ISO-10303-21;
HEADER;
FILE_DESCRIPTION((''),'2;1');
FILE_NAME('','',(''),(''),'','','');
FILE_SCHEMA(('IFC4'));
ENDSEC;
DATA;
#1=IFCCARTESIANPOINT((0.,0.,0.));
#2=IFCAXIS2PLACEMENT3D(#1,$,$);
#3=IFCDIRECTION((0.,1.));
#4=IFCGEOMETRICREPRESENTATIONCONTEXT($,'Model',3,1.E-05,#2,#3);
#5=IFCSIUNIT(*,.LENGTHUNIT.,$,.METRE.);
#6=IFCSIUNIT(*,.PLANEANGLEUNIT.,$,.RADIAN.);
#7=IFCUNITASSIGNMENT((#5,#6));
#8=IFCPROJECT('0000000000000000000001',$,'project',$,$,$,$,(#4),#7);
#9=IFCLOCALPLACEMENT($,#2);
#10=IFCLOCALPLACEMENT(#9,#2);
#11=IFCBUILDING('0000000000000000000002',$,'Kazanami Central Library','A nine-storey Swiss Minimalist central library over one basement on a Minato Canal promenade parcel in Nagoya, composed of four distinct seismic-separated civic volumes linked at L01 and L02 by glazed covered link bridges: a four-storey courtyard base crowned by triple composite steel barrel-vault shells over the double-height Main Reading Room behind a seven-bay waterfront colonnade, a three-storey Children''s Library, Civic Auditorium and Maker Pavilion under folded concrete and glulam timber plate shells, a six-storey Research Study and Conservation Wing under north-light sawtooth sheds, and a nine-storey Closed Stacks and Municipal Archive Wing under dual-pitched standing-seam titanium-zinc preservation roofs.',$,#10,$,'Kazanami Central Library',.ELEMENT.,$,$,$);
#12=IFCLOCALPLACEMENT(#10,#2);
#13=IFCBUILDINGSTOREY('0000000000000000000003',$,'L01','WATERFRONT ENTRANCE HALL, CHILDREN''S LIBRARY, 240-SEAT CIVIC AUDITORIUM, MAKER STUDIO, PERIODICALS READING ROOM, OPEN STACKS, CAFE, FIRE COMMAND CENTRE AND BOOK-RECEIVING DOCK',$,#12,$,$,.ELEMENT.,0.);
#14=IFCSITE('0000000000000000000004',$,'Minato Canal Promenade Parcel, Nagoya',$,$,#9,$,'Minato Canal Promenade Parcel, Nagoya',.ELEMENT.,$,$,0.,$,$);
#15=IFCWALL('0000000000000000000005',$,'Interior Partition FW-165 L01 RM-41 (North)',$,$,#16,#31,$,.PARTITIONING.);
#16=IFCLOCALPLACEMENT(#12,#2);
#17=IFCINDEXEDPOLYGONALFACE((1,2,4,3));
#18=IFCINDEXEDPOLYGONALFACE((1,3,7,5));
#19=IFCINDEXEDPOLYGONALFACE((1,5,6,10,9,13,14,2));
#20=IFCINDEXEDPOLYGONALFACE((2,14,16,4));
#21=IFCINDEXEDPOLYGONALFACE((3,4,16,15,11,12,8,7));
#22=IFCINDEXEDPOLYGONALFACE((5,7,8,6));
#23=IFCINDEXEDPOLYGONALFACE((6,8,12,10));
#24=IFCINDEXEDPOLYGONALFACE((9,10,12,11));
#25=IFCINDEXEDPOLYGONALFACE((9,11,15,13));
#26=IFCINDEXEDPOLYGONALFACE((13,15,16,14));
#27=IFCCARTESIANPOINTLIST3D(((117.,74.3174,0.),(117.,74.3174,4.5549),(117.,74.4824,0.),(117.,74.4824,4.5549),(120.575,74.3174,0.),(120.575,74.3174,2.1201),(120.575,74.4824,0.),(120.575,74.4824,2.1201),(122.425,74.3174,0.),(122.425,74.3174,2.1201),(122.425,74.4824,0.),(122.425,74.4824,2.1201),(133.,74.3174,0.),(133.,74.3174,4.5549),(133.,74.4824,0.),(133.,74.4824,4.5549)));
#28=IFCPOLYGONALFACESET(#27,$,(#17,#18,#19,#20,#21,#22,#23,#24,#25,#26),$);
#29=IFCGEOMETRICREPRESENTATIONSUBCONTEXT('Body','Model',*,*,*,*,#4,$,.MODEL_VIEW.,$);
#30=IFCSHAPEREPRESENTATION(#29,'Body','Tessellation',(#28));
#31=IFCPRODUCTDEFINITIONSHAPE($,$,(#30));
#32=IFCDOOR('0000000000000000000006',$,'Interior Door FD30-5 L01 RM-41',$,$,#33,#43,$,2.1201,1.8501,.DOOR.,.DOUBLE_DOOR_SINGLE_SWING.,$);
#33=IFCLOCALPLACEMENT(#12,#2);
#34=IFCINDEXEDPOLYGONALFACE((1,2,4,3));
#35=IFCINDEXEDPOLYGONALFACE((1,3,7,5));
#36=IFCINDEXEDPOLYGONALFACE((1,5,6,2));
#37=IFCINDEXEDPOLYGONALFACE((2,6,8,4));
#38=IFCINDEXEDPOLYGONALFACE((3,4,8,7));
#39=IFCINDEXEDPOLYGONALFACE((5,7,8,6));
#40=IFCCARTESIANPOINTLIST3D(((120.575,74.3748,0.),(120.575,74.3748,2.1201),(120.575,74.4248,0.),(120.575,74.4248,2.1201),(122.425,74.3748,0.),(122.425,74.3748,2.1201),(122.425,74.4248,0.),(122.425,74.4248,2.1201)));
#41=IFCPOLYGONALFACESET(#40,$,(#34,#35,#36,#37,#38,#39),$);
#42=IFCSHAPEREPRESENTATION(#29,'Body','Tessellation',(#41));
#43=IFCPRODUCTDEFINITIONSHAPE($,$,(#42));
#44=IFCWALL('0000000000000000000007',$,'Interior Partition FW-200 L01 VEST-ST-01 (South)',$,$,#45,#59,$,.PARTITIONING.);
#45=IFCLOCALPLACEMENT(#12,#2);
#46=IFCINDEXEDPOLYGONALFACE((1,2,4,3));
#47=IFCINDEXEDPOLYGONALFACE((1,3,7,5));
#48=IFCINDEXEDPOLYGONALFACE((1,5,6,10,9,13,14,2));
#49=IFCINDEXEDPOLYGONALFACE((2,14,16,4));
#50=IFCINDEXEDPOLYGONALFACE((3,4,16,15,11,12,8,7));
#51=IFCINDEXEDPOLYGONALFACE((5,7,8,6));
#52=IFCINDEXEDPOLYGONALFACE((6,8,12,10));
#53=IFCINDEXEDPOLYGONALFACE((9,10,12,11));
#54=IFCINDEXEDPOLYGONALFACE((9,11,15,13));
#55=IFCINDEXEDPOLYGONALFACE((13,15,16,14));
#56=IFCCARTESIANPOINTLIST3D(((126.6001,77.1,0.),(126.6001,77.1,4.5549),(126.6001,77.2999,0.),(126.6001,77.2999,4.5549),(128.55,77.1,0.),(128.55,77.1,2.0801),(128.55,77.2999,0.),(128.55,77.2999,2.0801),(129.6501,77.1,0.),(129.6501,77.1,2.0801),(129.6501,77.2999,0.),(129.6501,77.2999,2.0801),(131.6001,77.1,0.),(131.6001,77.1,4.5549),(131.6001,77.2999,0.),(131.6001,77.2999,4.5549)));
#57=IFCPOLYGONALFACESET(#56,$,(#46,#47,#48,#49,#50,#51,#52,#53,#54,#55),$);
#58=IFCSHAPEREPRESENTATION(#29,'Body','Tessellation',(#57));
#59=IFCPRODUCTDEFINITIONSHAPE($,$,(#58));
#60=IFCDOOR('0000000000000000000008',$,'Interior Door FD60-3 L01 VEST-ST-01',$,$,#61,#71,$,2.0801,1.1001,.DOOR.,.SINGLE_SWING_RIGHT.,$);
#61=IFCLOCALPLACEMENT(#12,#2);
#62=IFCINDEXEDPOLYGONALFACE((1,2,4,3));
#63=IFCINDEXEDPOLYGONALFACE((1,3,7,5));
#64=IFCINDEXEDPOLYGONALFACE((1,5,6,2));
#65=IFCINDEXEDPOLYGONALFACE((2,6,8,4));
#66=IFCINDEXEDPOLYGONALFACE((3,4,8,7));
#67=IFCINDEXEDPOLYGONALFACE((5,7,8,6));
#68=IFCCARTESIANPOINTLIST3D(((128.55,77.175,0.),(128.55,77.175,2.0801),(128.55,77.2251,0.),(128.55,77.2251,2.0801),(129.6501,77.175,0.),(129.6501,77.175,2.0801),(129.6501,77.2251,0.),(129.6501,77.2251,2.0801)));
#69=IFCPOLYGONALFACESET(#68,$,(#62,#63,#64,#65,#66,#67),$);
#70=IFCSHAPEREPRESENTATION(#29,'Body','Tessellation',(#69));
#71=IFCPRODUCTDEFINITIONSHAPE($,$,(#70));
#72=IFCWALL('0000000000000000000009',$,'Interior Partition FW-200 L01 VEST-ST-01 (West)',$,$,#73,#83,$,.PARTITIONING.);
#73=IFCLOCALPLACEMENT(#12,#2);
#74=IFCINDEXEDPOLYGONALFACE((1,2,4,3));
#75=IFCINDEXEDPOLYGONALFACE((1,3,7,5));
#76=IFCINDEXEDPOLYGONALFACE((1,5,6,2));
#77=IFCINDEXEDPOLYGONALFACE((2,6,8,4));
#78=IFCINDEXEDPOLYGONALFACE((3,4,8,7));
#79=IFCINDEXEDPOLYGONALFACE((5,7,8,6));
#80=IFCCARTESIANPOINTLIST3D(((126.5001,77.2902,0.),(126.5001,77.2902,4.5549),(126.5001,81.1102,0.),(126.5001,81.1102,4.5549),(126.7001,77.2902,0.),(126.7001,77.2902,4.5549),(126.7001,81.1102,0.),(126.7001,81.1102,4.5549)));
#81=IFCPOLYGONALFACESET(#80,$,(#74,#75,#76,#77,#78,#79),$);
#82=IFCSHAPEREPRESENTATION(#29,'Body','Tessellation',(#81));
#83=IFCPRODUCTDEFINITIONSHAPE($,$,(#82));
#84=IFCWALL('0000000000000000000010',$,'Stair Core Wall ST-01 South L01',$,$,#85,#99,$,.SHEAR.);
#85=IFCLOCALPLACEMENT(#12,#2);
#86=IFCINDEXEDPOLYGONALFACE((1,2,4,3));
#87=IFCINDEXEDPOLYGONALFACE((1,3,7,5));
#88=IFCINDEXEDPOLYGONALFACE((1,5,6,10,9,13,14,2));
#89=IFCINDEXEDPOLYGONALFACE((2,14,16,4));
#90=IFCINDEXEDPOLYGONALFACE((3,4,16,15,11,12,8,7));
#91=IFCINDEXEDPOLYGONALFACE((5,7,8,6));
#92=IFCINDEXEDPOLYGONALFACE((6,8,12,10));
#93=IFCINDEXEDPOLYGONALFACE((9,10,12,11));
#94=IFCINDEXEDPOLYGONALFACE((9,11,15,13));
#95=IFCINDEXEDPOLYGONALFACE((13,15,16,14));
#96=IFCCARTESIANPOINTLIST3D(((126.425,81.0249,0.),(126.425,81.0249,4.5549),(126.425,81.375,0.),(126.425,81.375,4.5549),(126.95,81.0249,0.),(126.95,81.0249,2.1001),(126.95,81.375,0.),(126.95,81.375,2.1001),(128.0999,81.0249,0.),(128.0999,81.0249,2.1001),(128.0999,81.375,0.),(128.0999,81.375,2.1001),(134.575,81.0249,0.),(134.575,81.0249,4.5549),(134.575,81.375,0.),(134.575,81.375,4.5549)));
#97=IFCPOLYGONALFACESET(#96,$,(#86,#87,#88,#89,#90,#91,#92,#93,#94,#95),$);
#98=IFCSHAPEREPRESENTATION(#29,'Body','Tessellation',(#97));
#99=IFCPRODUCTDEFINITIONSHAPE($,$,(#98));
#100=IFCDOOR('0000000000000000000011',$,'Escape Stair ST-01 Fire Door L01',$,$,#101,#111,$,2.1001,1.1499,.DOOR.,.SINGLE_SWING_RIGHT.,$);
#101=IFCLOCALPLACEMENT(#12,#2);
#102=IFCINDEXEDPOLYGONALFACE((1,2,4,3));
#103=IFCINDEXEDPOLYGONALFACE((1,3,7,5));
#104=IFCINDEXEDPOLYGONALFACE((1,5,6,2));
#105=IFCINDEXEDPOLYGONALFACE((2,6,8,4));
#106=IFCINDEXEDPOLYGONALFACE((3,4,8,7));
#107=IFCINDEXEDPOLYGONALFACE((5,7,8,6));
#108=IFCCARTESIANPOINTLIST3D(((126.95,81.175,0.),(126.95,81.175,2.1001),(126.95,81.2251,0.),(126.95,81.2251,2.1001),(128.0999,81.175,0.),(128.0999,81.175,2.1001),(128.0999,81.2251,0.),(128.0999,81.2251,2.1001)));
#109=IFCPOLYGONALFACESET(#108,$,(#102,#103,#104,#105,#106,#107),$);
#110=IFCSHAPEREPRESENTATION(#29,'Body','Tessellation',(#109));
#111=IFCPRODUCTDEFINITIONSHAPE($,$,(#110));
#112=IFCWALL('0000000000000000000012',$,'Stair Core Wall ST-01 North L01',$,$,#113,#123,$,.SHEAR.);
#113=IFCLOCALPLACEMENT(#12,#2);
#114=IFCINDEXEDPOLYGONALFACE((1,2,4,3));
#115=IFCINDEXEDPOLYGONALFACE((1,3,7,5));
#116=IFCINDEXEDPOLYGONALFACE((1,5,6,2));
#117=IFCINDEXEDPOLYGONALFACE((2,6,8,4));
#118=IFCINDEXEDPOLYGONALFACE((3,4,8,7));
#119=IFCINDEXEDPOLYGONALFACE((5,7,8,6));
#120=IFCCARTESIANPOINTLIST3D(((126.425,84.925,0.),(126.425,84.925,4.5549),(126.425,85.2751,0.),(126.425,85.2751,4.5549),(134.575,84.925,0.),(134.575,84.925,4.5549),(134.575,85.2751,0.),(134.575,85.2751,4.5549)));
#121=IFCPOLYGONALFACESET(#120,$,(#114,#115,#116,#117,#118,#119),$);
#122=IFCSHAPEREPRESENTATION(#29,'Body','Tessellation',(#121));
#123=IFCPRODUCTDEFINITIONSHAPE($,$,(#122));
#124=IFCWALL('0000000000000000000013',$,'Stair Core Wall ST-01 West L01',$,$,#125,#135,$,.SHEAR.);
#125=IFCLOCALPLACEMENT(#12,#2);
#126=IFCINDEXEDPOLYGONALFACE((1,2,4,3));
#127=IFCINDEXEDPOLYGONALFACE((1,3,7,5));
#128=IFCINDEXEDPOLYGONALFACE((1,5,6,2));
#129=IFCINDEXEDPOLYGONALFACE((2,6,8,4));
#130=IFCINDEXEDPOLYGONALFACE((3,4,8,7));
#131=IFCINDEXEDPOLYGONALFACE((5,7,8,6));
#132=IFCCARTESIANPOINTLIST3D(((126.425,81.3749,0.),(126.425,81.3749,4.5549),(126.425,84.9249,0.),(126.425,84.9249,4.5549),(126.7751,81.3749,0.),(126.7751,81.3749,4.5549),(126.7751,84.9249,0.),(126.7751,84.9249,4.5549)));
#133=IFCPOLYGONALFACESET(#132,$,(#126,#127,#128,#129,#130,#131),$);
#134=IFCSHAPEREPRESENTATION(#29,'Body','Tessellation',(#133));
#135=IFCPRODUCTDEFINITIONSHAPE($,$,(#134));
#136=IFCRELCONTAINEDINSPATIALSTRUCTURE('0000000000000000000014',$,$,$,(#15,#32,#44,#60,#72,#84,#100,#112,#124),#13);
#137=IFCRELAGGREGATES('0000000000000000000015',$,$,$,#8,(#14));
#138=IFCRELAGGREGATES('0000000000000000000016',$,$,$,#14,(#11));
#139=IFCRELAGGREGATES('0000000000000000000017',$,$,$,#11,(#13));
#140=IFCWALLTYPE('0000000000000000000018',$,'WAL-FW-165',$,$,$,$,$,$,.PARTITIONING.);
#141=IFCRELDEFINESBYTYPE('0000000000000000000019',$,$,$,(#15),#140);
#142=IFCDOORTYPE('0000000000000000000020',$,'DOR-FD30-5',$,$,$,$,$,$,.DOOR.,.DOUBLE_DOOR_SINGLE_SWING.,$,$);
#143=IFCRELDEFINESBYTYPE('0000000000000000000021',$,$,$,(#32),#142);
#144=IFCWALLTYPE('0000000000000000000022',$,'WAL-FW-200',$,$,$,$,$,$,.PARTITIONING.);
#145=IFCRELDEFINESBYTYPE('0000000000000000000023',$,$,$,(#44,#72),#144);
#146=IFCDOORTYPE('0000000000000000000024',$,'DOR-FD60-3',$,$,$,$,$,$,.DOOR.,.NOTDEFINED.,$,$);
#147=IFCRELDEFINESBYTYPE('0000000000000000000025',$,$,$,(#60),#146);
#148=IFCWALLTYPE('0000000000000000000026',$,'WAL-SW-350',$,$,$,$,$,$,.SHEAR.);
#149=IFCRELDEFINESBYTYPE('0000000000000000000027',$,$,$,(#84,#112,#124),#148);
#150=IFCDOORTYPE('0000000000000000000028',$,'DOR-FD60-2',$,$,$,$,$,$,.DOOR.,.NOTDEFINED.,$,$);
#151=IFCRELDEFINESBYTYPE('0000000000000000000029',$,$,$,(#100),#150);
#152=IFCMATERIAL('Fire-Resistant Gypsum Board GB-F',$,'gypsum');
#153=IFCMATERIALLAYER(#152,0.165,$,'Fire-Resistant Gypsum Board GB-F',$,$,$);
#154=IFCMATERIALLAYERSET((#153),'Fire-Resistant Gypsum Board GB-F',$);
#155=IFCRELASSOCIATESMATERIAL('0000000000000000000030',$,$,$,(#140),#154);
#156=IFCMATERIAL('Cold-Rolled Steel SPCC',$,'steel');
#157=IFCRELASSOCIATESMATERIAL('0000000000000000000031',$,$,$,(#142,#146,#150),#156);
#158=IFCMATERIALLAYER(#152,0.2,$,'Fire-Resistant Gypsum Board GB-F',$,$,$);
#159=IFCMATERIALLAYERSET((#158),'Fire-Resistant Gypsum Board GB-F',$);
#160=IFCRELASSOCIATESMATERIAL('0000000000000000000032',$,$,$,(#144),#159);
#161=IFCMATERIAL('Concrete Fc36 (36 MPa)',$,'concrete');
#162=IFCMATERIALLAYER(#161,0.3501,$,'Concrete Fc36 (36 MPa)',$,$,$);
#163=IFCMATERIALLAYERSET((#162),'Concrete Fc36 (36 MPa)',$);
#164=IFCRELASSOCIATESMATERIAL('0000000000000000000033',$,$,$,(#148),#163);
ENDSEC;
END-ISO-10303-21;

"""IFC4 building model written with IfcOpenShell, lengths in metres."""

from ifc_helpers import new_model, si_unit, direction, frame, frame_2d, origin, place, context, subcontext, project, spatial, rectangle, extrude, material, layer, layer_set, type_object, element, fill, save


model = new_model("IFC4")

# Units and contexts
model_context = context("Model", 3, precision=1e-05, world=origin(), true_north=direction((0.0, 1.0)))
body_context = subcontext(model_context, "Body", "Model", "MODEL_VIEW")
ifc_project = project(units=[si_unit("LENGTHUNIT", "METRE"), si_unit("PLANEANGLEUNIT", "RADIAN")], contexts=[model_context])

# Site, building, storey
site_placement = place(None, origin())
site = spatial("IfcSite", under=ifc_project, at=site_placement, Name="Minato Canal Promenade Parcel, Nagoya", LongName="Minato Canal Promenade Parcel, Nagoya", CompositionType="ELEMENT", RefElevation=0.0)
building_placement = place(site_placement, origin())
building = spatial("IfcBuilding", under=site, at=building_placement, Name="Kazanami Central Library", Description="A nine-storey Swiss Minimalist central library over one basement on a Minato Canal promenade parcel in Nagoya, composed of four distinct seismic-separated civic volumes linked at L01 and L02 by glazed covered link bridges: a four-storey courtyard base crowned by triple composite steel barrel-vault shells over the double-height Main Reading Room behind a seven-bay waterfront colonnade, a three-storey Children's Library, Civic Auditorium and Maker Pavilion under folded concrete and glulam timber plate shells, a six-storey Research Study and Conservation Wing under north-light sawtooth sheds, and a nine-storey Closed Stacks and Municipal Archive Wing under dual-pitched standing-seam titanium-zinc preservation roofs.", LongName="Kazanami Central Library", CompositionType="ELEMENT")
storey_placement = place(building_placement, origin())
storey = spatial("IfcBuildingStorey", under=building, at=storey_placement, Name="L01", Description="WATERFRONT ENTRANCE HALL, CHILDREN'S LIBRARY, 240-SEAT CIVIC AUDITORIUM, MAKER STUDIO, PERIODICALS READING ROOM, OPEN STACKS, CAFE, FIRE COMMAND CENTRE AND BOOK-RECEIVING DOCK", CompositionType="ELEMENT", Elevation=0.0)

# Walls, openings, doors
ifc_material_1 = material(Name="Fire-Resistant Gypsum Board GB-F", Category="gypsum")
ifc_layer_1 = layer(ifc_material_1, 0.165, Name="Fire-Resistant Gypsum Board GB-F")
ifc_layer_set_1 = layer_set([ifc_layer_1], Name="Fire-Resistant Gypsum Board GB-F")
wall_type_1 = type_object("IfcWallType", Name="WAL-FW-165", PredefinedType="PARTITIONING", material=ifc_layer_set_1)
wall_1_placement = place(storey_placement, frame((117.0, 74.3999, 0.0), z_axis=(0.0, 0.0, 1.0), x_axis=(1.0, 0.0, 0.0)))
wall_1 = element("IfcWall", 1, at=wall_1_placement, inside=storey, type_object=wall_type_1, Name="Interior Partition FW-165 L01 RM-41 (North)", PredefinedType="PARTITIONING", context=body_context, shape_type="SweptSolid", body=[
    extrude(rectangle(XDim=16.0, YDim=0.165, at=frame_2d((8.0, 0.0))), origin(), (0.0, 0.0, 1.0), 4.5549),
])
opening_1_placement = place(wall_1_placement, frame((3.575, 0.0, 0.0)))
opening_1 = element("IfcOpeningElement", 2, at=opening_1_placement, cuts=wall_1, PredefinedType="OPENING", context=body_context, shape_type="SweptSolid", body=[
    extrude(rectangle(XDim=1.8501, YDim=2.1201, at=frame_2d((0.925, 1.0601))), frame((0.0, 0.0945, 0.0), z_axis=(0.0, -1.0, 0.0), x_axis=(1.0, 0.0, 0.0)), (0.0, 0.0, 1.0), 0.189),
])
ifc_material_2 = material(Name="Cold-Rolled Steel SPCC", Category="steel")
door_type_1 = type_object("IfcDoorType", Name="DOR-FD30-5", OperationType="DOUBLE_DOOR_SINGLE_SWING", PredefinedType="DOOR", material=ifc_material_2)
door_1_placement = place(opening_1_placement, origin())
door_1 = element("IfcDoor", 3, at=door_1_placement, inside=storey, type_object=door_type_1, Name="Interior Door FD30-5 L01 RM-41", OperationType="DOUBLE_DOOR_SINGLE_SWING", OverallHeight=2.1201, OverallWidth=1.8501, PredefinedType="DOOR", context=body_context, shape_type="SweptSolid", body=[
    extrude(rectangle(XDim=1.8501, YDim=2.1201, at=frame_2d((0.925, 1.0601))), frame((0.0, 0.0249, 0.0), z_axis=(0.0, -1.0, 0.0), x_axis=(1.0, 0.0, 0.0)), (0.0, 0.0, 1.0), 0.05),
])
fill(opening_1, door_1)
ifc_layer_2 = layer(ifc_material_1, 0.2, Name="Fire-Resistant Gypsum Board GB-F")
ifc_layer_set_2 = layer_set([ifc_layer_2], Name="Fire-Resistant Gypsum Board GB-F")
wall_type_2 = type_object("IfcWallType", Name="WAL-FW-200", PredefinedType="PARTITIONING", material=ifc_layer_set_2)
wall_2_placement = place(storey_placement, frame((126.6001, 77.2, 0.0), z_axis=(0.0, 0.0, 1.0), x_axis=(1.0, 0.0, 0.0)))
wall_2 = element("IfcWall", 4, at=wall_2_placement, inside=storey, type_object=wall_type_2, Name="Interior Partition FW-200 L01 VEST-ST-01 (South)", PredefinedType="PARTITIONING", context=body_context, shape_type="SweptSolid", body=[
    extrude(rectangle(XDim=5.0, YDim=0.2, at=frame_2d((2.5, 0.0))), origin(), (0.0, 0.0, 1.0), 4.5549),
])
opening_2_placement = place(wall_2_placement, frame((1.95, 0.0, 0.0)))
opening_2 = element("IfcOpeningElement", 5, at=opening_2_placement, cuts=wall_2, PredefinedType="OPENING", context=body_context, shape_type="SweptSolid", body=[
    extrude(rectangle(XDim=1.1001, YDim=2.0801, at=frame_2d((0.55, 1.04))), frame((0.0, 0.1118, 0.0), z_axis=(0.0, -1.0, 0.0), x_axis=(1.0, 0.0, 0.0)), (0.0, 0.0, 1.0), 0.2239),
])
door_type_2 = type_object("IfcDoorType", Name="DOR-FD60-3", OperationType="NOTDEFINED", PredefinedType="DOOR", material=ifc_material_2)
door_2_placement = place(opening_2_placement, frame((1.1001, 0.0, 0.0), z_axis=(0.0, 0.0, 1.0), x_axis=(-1.0, 0.0, 0.0)))
door_2 = element("IfcDoor", 6, at=door_2_placement, inside=storey, type_object=door_type_2, Name="Interior Door FD60-3 L01 VEST-ST-01", OperationType="SINGLE_SWING_RIGHT", OverallHeight=2.0801, OverallWidth=1.1001, PredefinedType="DOOR", context=body_context, shape_type="SweptSolid", body=[
    extrude(rectangle(XDim=1.1001, YDim=2.0801, at=frame_2d((0.55, 1.04))), frame((0.0, 0.0249, 0.0), z_axis=(0.0, -1.0, 0.0), x_axis=(1.0, 0.0, 0.0)), (0.0, 0.0, 1.0), 0.05),
])
fill(opening_2, door_2)

# Wall
wall_3_placement = place(storey_placement, frame((126.6001, 77.29, 0.0), z_axis=(0.0, 0.0, 1.0), x_axis=(0.0, 1.0, 0.0)))
element("IfcWall", 7, at=wall_3_placement, inside=storey, type_object=wall_type_2, Name="Interior Partition FW-200 L01 VEST-ST-01 (West)", PredefinedType="PARTITIONING", context=body_context, shape_type="SweptSolid", body=[
    extrude(rectangle(XDim=3.8201, YDim=0.2, at=frame_2d((1.9102, 0.0))), origin(), (0.0, 0.0, 1.0), 4.5549),
])

# Wall, opening, door
ifc_material_3 = material(Name="Concrete Fc36 (36 MPa)", Category="concrete")
ifc_layer_3 = layer(ifc_material_3, 0.3501, Name="Concrete Fc36 (36 MPa)")
ifc_layer_set_3 = layer_set([ifc_layer_3], Name="Concrete Fc36 (36 MPa)")
wall_type_3 = type_object("IfcWallType", Name="WAL-SW-350", PredefinedType="SHEAR", material=ifc_layer_set_3)
wall_4_placement = place(storey_placement, frame((126.425, 81.2, 0.0), z_axis=(0.0, 0.0, 1.0), x_axis=(1.0, 0.0, 0.0)))
wall_4 = element("IfcWall", 8, at=wall_4_placement, inside=storey, type_object=wall_type_3, Name="Stair Core Wall ST-01 South L01", PredefinedType="SHEAR", context=body_context, shape_type="SweptSolid", body=[
    extrude(rectangle(XDim=8.1499, YDim=0.3501, at=frame_2d((4.075, 0.0))), origin(), (0.0, 0.0, 1.0), 4.5549),
])
opening_3_placement = place(wall_4_placement, frame((0.5249, 0.0, 0.0)))
opening_3 = element("IfcOpeningElement", 9, at=opening_3_placement, cuts=wall_4, PredefinedType="OPENING", context=body_context, shape_type="SweptSolid", body=[
    extrude(rectangle(XDim=1.1499, YDim=2.1001, at=frame_2d((0.575, 1.05))), frame((0.0, 0.187, 0.0), z_axis=(0.0, -1.0, 0.0), x_axis=(1.0, 0.0, 0.0)), (0.0, 0.0, 1.0), 0.374),
])
door_type_3 = type_object("IfcDoorType", Name="DOR-FD60-2", OperationType="NOTDEFINED", PredefinedType="DOOR", material=ifc_material_2)
door_3_placement = place(opening_3_placement, frame((1.1499, 0.0, 0.0), z_axis=(0.0, 0.0, 1.0), x_axis=(-1.0, 0.0, 0.0)))
door_3 = element("IfcDoor", 10, at=door_3_placement, inside=storey, type_object=door_type_3, Name="Escape Stair ST-01 Fire Door L01", OperationType="SINGLE_SWING_RIGHT", OverallHeight=2.1001, OverallWidth=1.1499, PredefinedType="DOOR", context=body_context, shape_type="SweptSolid", body=[
    extrude(rectangle(XDim=1.1499, YDim=2.1001, at=frame_2d((0.575, 1.05))), frame((0.0, 0.0249, 0.0), z_axis=(0.0, -1.0, 0.0), x_axis=(1.0, 0.0, 0.0)), (0.0, 0.0, 1.0), 0.05),
])
fill(opening_3, door_3)

# Walls
wall_5_placement = place(storey_placement, frame((126.425, 85.1001, 0.0), z_axis=(0.0, 0.0, 1.0), x_axis=(1.0, 0.0, 0.0)))
element("IfcWall", 11, at=wall_5_placement, inside=storey, type_object=wall_type_3, Name="Stair Core Wall ST-01 North L01", PredefinedType="SHEAR", context=body_context, shape_type="SweptSolid", body=[
    extrude(rectangle(XDim=8.1499, YDim=0.3501, at=frame_2d((4.075, 0.0))), origin(), (0.0, 0.0, 1.0), 4.5549),
])
wall_6_placement = place(storey_placement, frame((126.6001, 81.375, 0.0), z_axis=(0.0, 0.0, 1.0), x_axis=(0.0, 1.0, 0.0)))
element("IfcWall", 12, at=wall_6_placement, inside=storey, type_object=wall_type_3, Name="Stair Core Wall ST-01 West L01", PredefinedType="SHEAR", context=body_context, shape_type="SweptSolid", body=[
    extrude(rectangle(XDim=3.55, YDim=0.3501, at=frame_2d((1.7749, 0.0))), origin(), (0.0, 0.0, 1.0), 4.5549),
])

save(model, "model.ifc")
